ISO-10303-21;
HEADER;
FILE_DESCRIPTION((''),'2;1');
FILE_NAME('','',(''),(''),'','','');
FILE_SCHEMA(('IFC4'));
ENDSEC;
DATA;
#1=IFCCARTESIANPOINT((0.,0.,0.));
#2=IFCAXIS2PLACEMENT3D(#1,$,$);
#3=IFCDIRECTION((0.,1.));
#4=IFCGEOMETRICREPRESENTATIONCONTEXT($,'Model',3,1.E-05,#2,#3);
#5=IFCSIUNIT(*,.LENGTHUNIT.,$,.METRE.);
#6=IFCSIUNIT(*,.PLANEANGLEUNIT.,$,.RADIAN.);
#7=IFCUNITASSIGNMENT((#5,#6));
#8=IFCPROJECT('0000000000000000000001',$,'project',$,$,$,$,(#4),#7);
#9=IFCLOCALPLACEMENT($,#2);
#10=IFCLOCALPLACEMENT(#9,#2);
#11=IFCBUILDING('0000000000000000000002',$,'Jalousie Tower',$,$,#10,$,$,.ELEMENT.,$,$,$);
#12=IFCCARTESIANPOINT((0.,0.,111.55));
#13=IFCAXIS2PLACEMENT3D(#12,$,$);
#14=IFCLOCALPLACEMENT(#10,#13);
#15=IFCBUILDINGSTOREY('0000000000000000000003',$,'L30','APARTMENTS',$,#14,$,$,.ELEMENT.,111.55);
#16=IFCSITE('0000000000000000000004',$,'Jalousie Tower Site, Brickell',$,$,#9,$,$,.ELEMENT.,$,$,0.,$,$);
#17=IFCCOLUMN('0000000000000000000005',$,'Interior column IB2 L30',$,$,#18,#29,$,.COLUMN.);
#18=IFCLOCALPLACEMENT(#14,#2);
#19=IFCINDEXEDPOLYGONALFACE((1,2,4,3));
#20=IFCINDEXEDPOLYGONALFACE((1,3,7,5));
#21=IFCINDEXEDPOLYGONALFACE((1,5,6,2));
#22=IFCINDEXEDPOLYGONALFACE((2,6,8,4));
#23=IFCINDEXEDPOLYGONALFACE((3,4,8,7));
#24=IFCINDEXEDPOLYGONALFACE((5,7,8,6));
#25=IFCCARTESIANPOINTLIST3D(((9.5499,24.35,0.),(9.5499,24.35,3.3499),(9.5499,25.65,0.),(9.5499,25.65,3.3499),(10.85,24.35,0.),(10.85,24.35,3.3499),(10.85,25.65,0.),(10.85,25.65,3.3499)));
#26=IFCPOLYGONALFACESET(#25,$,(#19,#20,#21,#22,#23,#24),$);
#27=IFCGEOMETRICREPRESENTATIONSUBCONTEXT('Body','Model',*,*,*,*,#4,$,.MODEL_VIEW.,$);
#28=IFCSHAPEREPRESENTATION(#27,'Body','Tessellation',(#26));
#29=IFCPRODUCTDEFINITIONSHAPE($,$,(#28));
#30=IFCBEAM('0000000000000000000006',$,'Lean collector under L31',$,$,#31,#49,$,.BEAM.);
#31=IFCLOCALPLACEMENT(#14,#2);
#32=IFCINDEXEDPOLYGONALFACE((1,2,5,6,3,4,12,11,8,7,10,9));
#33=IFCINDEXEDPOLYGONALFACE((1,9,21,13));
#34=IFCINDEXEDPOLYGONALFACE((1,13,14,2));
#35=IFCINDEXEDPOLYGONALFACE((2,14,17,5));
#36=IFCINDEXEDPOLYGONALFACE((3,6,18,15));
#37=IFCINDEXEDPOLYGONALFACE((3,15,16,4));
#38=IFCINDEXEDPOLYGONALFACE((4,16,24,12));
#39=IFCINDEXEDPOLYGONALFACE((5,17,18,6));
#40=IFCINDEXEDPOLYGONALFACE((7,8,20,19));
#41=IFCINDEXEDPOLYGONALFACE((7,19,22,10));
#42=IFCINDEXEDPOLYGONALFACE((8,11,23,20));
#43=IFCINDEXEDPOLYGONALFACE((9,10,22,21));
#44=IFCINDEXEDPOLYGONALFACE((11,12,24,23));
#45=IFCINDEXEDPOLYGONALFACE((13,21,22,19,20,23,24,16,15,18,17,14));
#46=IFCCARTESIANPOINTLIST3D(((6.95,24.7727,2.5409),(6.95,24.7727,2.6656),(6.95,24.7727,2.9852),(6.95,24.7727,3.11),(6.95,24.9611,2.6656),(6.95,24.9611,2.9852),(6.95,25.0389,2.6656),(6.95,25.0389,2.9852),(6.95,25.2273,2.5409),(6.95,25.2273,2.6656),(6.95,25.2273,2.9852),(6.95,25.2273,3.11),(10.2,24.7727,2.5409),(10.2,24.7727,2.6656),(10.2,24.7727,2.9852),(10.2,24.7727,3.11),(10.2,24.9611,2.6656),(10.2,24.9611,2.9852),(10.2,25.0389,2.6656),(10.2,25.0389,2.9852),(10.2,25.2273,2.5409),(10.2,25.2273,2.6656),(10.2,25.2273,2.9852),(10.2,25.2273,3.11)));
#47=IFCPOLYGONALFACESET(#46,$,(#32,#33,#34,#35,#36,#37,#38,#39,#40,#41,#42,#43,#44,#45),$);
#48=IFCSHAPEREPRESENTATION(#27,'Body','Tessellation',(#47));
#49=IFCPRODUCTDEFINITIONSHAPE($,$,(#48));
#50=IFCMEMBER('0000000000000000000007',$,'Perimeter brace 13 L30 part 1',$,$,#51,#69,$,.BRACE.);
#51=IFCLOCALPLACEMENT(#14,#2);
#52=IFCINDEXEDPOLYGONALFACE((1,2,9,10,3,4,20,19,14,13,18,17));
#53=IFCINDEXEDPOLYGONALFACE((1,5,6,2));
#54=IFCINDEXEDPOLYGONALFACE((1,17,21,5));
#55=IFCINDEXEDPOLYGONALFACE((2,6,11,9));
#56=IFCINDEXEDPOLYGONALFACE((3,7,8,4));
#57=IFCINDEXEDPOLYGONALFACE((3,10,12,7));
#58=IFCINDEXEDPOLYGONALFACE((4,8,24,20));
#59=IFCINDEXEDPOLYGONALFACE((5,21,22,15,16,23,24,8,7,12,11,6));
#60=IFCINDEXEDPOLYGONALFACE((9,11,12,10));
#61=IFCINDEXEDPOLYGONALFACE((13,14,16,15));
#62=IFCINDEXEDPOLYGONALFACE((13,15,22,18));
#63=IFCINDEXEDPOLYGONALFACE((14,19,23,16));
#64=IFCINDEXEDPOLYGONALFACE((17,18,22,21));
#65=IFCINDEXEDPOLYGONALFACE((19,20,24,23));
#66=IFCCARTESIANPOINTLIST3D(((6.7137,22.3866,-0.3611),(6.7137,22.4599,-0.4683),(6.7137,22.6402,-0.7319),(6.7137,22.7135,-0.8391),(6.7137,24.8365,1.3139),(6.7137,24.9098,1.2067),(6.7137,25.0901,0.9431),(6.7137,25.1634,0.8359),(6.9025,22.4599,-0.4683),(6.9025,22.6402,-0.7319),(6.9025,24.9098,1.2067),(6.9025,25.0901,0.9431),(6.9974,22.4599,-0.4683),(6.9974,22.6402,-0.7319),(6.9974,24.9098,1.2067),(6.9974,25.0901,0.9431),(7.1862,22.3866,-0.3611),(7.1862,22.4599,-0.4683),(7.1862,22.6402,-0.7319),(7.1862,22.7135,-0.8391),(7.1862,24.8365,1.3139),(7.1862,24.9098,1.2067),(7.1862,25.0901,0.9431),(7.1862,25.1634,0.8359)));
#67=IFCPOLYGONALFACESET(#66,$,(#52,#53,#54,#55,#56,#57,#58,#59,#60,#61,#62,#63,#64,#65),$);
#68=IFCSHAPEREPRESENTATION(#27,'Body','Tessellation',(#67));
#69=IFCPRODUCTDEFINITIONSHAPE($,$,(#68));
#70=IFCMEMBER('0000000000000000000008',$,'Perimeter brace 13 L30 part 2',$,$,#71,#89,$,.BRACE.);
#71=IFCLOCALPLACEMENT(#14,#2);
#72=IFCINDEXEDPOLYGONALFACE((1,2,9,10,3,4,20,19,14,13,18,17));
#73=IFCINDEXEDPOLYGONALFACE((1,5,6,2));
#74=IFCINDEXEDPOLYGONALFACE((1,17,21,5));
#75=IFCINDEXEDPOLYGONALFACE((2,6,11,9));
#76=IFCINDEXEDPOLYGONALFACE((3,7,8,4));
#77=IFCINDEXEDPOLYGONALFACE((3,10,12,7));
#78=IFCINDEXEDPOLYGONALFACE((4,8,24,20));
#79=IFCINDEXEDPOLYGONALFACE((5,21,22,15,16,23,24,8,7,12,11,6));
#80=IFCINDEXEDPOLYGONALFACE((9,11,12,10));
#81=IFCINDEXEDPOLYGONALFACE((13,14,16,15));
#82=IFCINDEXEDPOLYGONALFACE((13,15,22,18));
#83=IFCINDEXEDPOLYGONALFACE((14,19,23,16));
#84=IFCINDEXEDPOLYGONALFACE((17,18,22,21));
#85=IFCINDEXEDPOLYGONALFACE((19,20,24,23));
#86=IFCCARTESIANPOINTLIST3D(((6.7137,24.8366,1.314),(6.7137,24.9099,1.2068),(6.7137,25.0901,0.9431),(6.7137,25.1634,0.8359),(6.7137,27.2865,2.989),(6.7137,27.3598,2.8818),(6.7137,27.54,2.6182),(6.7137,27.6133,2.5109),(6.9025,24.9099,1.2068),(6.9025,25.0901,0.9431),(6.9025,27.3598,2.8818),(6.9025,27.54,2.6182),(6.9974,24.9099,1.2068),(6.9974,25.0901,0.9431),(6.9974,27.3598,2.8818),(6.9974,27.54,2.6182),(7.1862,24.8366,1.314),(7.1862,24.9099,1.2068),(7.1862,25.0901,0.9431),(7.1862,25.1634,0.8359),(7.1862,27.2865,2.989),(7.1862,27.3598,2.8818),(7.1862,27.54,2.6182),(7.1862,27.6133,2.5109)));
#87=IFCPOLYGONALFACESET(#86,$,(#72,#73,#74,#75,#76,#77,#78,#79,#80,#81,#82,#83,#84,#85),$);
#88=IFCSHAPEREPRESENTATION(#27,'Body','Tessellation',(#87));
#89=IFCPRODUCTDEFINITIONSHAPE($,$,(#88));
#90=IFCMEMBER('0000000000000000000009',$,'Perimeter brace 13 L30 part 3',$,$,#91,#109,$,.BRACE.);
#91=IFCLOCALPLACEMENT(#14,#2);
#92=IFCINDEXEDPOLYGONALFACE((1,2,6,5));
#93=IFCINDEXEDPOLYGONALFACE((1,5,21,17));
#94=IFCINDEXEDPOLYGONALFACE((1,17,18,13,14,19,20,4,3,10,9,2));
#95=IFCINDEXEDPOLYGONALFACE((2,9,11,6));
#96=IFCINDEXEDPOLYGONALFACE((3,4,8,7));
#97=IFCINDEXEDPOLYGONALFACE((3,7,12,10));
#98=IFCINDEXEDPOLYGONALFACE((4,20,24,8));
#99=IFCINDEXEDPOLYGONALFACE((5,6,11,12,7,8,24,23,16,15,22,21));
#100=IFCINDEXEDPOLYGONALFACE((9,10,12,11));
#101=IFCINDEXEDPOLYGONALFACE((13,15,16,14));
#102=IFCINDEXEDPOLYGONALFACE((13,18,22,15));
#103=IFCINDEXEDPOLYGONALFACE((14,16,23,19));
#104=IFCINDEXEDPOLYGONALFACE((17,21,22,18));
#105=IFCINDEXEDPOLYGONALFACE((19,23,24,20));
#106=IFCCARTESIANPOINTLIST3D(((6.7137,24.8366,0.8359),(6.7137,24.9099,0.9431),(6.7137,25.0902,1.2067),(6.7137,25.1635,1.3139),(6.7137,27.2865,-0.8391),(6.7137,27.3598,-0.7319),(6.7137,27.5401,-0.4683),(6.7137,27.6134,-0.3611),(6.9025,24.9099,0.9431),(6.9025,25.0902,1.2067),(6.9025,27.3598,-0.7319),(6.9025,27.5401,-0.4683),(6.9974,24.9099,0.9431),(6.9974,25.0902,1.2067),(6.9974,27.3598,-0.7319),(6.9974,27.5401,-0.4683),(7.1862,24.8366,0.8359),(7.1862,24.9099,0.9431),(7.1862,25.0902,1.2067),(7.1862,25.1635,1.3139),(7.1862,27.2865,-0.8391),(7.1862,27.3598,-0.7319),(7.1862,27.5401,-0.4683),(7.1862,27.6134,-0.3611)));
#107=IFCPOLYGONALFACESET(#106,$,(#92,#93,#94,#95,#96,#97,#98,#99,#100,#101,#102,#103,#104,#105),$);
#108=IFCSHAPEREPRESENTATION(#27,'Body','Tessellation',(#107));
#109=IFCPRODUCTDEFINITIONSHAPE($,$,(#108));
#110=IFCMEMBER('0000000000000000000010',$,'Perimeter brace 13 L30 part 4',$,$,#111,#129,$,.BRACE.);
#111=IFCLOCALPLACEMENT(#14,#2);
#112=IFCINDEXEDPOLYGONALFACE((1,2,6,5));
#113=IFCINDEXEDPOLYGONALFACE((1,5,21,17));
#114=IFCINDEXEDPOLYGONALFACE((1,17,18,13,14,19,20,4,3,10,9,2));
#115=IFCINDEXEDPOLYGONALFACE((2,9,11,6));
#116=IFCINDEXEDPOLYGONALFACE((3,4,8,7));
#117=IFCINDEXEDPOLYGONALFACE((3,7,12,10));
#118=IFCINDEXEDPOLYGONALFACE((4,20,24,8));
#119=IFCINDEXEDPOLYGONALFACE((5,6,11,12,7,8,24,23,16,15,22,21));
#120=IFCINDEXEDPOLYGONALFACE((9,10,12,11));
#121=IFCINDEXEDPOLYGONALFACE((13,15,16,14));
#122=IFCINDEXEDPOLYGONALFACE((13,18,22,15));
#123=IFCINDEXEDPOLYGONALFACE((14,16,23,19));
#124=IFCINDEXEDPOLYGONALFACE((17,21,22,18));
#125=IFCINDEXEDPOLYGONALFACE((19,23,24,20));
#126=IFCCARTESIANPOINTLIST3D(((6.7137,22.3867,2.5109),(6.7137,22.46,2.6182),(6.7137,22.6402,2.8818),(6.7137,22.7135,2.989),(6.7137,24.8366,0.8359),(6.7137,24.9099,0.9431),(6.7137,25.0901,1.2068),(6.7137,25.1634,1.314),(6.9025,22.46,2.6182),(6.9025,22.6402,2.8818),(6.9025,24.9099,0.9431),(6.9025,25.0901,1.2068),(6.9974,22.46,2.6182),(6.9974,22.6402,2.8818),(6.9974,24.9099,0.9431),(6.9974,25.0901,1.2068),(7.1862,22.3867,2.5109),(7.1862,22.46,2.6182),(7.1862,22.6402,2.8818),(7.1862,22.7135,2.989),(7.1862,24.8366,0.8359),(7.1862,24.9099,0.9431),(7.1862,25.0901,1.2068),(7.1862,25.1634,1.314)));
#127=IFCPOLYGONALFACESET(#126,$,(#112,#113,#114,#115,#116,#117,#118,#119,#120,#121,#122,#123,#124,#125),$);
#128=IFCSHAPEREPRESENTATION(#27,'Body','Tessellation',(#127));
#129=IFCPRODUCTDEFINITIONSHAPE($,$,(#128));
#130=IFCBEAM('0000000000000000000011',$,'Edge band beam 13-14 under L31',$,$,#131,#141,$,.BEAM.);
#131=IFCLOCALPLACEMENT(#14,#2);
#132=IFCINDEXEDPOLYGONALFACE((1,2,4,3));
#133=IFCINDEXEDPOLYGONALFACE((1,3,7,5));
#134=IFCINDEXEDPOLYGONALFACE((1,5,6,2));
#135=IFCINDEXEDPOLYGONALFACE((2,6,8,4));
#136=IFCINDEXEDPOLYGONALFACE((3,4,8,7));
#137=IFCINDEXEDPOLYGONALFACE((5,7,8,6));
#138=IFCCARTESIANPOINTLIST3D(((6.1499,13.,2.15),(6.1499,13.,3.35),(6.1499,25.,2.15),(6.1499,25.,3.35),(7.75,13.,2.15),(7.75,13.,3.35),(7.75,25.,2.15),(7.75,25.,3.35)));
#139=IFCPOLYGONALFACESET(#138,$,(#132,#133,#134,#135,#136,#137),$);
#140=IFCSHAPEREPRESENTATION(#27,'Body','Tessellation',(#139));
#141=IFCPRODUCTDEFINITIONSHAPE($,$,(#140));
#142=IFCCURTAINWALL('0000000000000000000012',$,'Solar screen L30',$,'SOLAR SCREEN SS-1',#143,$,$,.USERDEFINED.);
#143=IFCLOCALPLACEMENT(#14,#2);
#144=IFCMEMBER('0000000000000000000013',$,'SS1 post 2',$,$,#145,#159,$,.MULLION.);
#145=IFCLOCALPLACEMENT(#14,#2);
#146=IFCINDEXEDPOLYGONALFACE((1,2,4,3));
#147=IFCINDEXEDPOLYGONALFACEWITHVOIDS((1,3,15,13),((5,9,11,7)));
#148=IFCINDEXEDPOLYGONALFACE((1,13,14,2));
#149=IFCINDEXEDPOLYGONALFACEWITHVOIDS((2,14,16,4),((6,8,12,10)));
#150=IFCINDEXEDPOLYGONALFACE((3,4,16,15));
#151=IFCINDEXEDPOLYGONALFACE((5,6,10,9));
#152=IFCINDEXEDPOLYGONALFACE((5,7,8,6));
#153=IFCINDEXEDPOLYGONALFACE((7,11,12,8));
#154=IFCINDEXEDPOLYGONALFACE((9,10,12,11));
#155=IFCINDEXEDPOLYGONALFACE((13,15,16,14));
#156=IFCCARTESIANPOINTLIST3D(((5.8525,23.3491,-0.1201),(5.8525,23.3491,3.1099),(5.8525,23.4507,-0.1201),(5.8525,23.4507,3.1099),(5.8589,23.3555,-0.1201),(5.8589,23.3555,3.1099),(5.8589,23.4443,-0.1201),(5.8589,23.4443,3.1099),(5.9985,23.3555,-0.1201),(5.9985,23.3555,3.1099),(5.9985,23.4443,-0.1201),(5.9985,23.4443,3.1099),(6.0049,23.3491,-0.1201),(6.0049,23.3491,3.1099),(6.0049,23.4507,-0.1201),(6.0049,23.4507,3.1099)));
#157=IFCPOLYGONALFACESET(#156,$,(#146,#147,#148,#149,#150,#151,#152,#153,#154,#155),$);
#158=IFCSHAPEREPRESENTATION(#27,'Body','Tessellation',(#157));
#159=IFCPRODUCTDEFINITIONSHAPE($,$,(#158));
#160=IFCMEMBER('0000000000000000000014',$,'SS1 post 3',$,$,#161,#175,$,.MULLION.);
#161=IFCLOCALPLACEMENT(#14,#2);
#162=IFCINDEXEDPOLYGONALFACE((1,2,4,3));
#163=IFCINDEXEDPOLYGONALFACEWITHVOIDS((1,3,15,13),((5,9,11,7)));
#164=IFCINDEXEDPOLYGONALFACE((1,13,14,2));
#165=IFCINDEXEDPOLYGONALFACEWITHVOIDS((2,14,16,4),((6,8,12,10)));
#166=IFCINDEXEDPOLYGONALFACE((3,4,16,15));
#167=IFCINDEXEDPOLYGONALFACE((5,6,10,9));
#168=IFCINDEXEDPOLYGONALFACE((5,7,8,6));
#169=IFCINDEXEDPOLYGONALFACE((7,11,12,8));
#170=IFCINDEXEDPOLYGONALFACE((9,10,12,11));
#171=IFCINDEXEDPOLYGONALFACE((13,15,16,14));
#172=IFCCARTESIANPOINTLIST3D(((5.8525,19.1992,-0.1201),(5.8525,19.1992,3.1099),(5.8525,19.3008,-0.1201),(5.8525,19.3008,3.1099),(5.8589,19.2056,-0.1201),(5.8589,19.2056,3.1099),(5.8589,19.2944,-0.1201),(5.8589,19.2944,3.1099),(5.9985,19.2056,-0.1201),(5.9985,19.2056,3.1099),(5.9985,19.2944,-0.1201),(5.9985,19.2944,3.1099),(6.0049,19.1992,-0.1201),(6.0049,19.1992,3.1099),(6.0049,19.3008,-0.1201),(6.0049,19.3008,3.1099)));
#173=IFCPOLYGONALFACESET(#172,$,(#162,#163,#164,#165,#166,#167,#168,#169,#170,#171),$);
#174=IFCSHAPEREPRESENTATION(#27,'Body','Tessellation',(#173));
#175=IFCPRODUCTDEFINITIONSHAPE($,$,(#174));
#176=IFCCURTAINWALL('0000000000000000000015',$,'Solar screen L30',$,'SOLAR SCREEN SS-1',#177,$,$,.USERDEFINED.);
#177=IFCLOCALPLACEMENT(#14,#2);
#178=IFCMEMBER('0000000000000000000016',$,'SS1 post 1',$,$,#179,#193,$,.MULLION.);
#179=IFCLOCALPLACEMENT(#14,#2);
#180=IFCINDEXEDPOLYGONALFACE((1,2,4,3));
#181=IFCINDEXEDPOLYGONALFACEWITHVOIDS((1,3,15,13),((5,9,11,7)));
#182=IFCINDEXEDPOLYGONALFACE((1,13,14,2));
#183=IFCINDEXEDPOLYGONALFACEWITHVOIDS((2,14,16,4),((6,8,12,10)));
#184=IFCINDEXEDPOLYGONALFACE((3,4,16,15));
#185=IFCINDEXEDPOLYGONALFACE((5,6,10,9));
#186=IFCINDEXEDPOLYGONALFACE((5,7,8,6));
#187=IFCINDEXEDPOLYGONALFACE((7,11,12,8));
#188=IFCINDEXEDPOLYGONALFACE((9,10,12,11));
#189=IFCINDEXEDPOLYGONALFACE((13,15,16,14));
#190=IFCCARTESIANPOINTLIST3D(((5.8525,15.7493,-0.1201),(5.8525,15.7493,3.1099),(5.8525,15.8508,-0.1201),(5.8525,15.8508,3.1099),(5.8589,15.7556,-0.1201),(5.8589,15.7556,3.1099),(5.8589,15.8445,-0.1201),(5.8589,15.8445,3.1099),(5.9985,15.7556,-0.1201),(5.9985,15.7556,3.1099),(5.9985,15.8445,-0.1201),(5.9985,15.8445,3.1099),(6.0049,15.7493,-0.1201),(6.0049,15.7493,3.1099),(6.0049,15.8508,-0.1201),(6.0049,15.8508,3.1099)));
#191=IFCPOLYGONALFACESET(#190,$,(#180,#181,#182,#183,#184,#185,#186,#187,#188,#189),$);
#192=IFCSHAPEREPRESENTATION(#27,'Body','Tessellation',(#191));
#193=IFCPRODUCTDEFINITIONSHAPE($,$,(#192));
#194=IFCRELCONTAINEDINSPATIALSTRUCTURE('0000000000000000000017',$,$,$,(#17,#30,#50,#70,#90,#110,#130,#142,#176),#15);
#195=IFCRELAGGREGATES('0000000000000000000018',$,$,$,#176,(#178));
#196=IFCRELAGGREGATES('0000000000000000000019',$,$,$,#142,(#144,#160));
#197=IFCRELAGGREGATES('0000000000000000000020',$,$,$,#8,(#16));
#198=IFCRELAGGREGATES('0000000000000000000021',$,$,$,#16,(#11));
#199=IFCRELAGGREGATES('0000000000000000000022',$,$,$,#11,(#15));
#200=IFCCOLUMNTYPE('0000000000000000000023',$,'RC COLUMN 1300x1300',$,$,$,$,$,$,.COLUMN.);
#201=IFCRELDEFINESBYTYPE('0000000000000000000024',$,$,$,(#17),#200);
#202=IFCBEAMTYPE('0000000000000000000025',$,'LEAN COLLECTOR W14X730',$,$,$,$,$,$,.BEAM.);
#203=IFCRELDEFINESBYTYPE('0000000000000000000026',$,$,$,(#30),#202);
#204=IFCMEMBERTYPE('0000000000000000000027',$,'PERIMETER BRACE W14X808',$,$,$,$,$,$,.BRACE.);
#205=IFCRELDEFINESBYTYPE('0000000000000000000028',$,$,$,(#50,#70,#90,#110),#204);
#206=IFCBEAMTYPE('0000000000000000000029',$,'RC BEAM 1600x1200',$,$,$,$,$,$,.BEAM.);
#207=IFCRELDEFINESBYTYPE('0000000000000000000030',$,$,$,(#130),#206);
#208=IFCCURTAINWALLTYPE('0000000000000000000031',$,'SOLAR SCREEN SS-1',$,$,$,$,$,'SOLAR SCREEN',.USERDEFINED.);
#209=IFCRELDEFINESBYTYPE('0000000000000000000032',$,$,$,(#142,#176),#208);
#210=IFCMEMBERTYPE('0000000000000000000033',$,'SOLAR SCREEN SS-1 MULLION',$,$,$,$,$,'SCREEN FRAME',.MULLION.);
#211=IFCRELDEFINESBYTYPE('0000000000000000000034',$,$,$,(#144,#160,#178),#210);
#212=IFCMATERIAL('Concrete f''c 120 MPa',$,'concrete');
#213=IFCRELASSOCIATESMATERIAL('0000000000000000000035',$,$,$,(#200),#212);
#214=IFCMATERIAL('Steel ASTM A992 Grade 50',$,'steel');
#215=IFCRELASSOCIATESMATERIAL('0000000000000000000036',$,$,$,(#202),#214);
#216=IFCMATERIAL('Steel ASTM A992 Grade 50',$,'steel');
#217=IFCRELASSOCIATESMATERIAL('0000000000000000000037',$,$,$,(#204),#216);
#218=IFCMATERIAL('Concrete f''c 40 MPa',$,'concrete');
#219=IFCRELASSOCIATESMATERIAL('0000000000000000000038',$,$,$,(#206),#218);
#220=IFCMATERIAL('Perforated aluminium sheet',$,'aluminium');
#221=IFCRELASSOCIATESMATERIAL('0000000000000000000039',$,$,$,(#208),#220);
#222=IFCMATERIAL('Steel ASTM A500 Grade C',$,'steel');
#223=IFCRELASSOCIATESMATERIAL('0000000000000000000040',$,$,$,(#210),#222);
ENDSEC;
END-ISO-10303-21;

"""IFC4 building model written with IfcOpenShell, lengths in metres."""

from ifc_helpers import new_model, si_unit, direction, frame, origin, origin_2d, place, context, subcontext, project, spatial, rectangle, hollow_rectangle, i_section, extrude, material, material_profile, profile_set, type_object, element, aggregate, save


model = new_model("IFC4")

# Units and contexts
model_context = context("Model", 3, precision=1e-05, world=origin(), true_north=direction((0.0, 1.0)))
body_context = subcontext(model_context, "Body", "Model", "MODEL_VIEW")
ifc_project = project(units=[si_unit("LENGTHUNIT", "METRE"), si_unit("PLANEANGLEUNIT", "RADIAN")], contexts=[model_context])

# Site, building, storey
site_placement = place(None, origin())
site = spatial("IfcSite", under=ifc_project, at=site_placement, Name="Jalousie Tower Site, Brickell", CompositionType="ELEMENT", RefElevation=0.0)
building_placement = place(site_placement, origin())
building = spatial("IfcBuilding", under=site, at=building_placement, Name="Jalousie Tower", CompositionType="ELEMENT")
storey_placement = place(building_placement, frame((0.0, 0.0, 111.55)))
storey = spatial("IfcBuildingStorey", under=building, at=storey_placement, Name="L30", Description="APARTMENTS", CompositionType="ELEMENT", Elevation=111.55)

# Column
ifc_material_1 = material(Name="Concrete f'c 120 MPa", Category="concrete")
ifc_material_profile_1 = material_profile(ifc_material_1, rectangle(XDim=1.3, YDim=1.3, at=origin_2d()), Name="RC 1300x1300")
ifc_profile_set_1 = profile_set([ifc_material_profile_1], Name="Concrete f'c 120 MPa")
column_type = type_object("IfcColumnType", Name="RC COLUMN 1300x1300", PredefinedType="COLUMN", material=ifc_profile_set_1)
column_placement = place(storey_placement, frame((10.2, 25.0, 0.0), z_axis=(0.0, 0.0, 1.0), x_axis=(1.0, 0.0, 0.0)))
element("IfcColumn", 1, at=column_placement, inside=storey, type_object=column_type, Name="Interior column IB2 L30", PredefinedType="COLUMN", context=body_context, shape_type="SweptSolid", body=[
    extrude(rectangle(XDim=1.3, YDim=1.3, at=origin_2d()), origin(), (0.0, 0.0, 1.0), 3.3499),
])

# Beam
ifc_material_2 = material(Name="Steel ASTM A992 Grade 50", Category="steel")
ifc_material_profile_2 = material_profile(ifc_material_2, i_section(OverallWidth=0.4546, OverallDepth=0.5691, WebThickness=0.0779, FlangeThickness=0.1248, at=origin_2d()), Name="W14X730")
ifc_profile_set_2 = profile_set([ifc_material_profile_2], Name="Steel ASTM A992 Grade 50")
beam_type_1 = type_object("IfcBeamType", Name="LEAN COLLECTOR W14X730", PredefinedType="BEAM", material=ifc_profile_set_2)
beam_1_placement = place(storey_placement, frame((6.95, 25.0, 2.8254), z_axis=(1.0, 0.0, 0.0), x_axis=(0.0, 1.0, 0.0)))
element("IfcBeam", 2, at=beam_1_placement, inside=storey, type_object=beam_type_1, Name="Lean collector under L31", PredefinedType="BEAM", context=body_context, shape_type="SweptSolid", body=[
    extrude(i_section(OverallWidth=0.4546, OverallDepth=0.5691, WebThickness=0.0779, FlangeThickness=0.1248, at=origin_2d()), origin(), (0.0, 0.0, 1.0), 3.25),
])

# Members
ifc_material_3 = material(Name="Steel ASTM A992 Grade 50", Category="steel")
ifc_material_profile_3 = material_profile(ifc_material_3, i_section(OverallWidth=0.4724, OverallDepth=0.5791, WebThickness=0.095, FlangeThickness=0.1299, at=origin_2d()), Name="W14X808")
ifc_profile_set_3 = profile_set([ifc_material_profile_3], Name="Steel ASTM A992 Grade 50")
member_type_1 = type_object("IfcMemberType", Name="PERIMETER BRACE W14X808", PredefinedType="BRACE", material=ifc_profile_set_3)
for number, where, z_axis, x_axis, name in (
    (3, (6.95, 22.55, -0.6001), (0.0, 0.825501, 0.564401), (-1.0, 0.0, 0.0), "Perimeter brace 13 L30 part 1"),
    (4, (6.95, 25.0, 1.075), (0.0, 0.825501, 0.564401), (-1.0, 0.0, 0.0), "Perimeter brace 13 L30 part 2"),
    (5, (6.95, 27.45, -0.6001), (0.0, -0.825501, 0.564401), (1.0, 0.0, 0.0), "Perimeter brace 13 L30 part 3"),
    (6, (6.95, 25.0, 1.075), (0.0, -0.825501, 0.564401), (1.0, 0.0, 0.0), "Perimeter brace 13 L30 part 4"),
):
    element("IfcMember", number, at=place(storey_placement, frame(where, z_axis=z_axis, x_axis=x_axis)), inside=storey, type_object=member_type_1, Name=name, PredefinedType="BRACE", context=body_context, shape_type="SweptSolid", body=[
        extrude(i_section(OverallWidth=0.4724, OverallDepth=0.5791, WebThickness=0.095, FlangeThickness=0.1299, at=origin_2d()), origin(), (0.0, 0.0, 1.0), 2.9678),
    ])

# Beam
ifc_material_4 = material(Name="Concrete f'c 40 MPa", Category="concrete")
ifc_material_profile_4 = material_profile(ifc_material_4, rectangle(XDim=1.6001, YDim=1.2, at=origin_2d()), Name="RC 1600x1200")
ifc_profile_set_4 = profile_set([ifc_material_profile_4], Name="Concrete f'c 40 MPa")
beam_type_2 = type_object("IfcBeamType", Name="RC BEAM 1600x1200", PredefinedType="BEAM", material=ifc_profile_set_4)
beam_2_placement = place(storey_placement, frame((6.95, 25.0, 2.75), z_axis=(0.0, -1.0, 0.0), x_axis=(1.0, 0.0, 0.0)))
element("IfcBeam", 7, at=beam_2_placement, inside=storey, type_object=beam_type_2, Name="Edge band beam 13-14 under L31", PredefinedType="BEAM", context=body_context, shape_type="SweptSolid", body=[
    extrude(rectangle(XDim=1.6001, YDim=1.2, at=origin_2d()), origin(), (0.0, 0.0, 1.0), 12.0),
])

# Curtain walls, members
ifc_material_5 = material(Name="Perforated aluminium sheet", Category="aluminium")
curtain_wall_type = type_object("IfcCurtainWallType", Name="SOLAR SCREEN SS-1", ElementType="SOLAR SCREEN", PredefinedType="USERDEFINED", material=ifc_material_5)
curtain_wall_1_placement = place(storey_placement, origin())
curtain_wall_1 = element("IfcCurtainWall", 8, at=curtain_wall_1_placement, inside=storey, type_object=curtain_wall_type, Name="Solar screen L30", ObjectType="SOLAR SCREEN SS-1", PredefinedType="USERDEFINED")
ifc_material_6 = material(Name="Steel ASTM A500 Grade C", Category="steel")
ifc_material_profile_5 = material_profile(ifc_material_6, hollow_rectangle(XDim=0.1016, YDim=0.1523, WallThickness=0.0063, at=origin_2d()), Name="HSS6X4X1/4")
ifc_profile_set_5 = profile_set([ifc_material_profile_5], Name="Steel ASTM A500 Grade C")
member_type_2 = type_object("IfcMemberType", Name="SOLAR SCREEN SS-1 MULLION", ElementType="SCREEN FRAME", PredefinedType="MULLION", material=ifc_profile_set_5)
member_1_placement = place(storey_placement, frame((5.9287, 23.3999, -0.1201), z_axis=(0.0, 0.0, 1.0), x_axis=(0.0, -1.0, 0.0)))
member_1 = element("IfcMember", 9, at=member_1_placement, type_object=member_type_2, Name="SS1 post 2", PredefinedType="MULLION", context=body_context, shape_type="SweptSolid", body=[
    extrude(hollow_rectangle(XDim=0.1016, YDim=0.1523, WallThickness=0.0063, at=origin_2d()), origin(), (0.0, 0.0, 1.0), 3.23),
])
member_2_placement = place(storey_placement, frame((5.9287, 19.25, -0.1201), z_axis=(0.0, 0.0, 1.0), x_axis=(0.0, -1.0, 0.0)))
member_2 = element("IfcMember", 10, at=member_2_placement, type_object=member_type_2, Name="SS1 post 3", PredefinedType="MULLION", context=body_context, shape_type="SweptSolid", body=[
    extrude(hollow_rectangle(XDim=0.1016, YDim=0.1523, WallThickness=0.0063, at=origin_2d()), origin(), (0.0, 0.0, 1.0), 3.23),
])
curtain_wall_2_placement = place(storey_placement, origin())
curtain_wall_2 = element("IfcCurtainWall", 11, at=curtain_wall_2_placement, inside=storey, type_object=curtain_wall_type, Name="Solar screen L30", ObjectType="SOLAR SCREEN SS-1", PredefinedType="USERDEFINED")
member_3_placement = place(storey_placement, frame((5.9287, 15.8, -0.1201), z_axis=(0.0, 0.0, 1.0), x_axis=(0.0, -1.0, 0.0)))
member_3 = element("IfcMember", 12, at=member_3_placement, type_object=member_type_2, Name="SS1 post 1", PredefinedType="MULLION", context=body_context, shape_type="SweptSolid", body=[
    extrude(hollow_rectangle(XDim=0.1016, YDim=0.1523, WallThickness=0.0063, at=origin_2d()), origin(), (0.0, 0.0, 1.0), 3.23),
])
aggregate(curtain_wall_2, [member_3])

aggregate(curtain_wall_1, [member_1, member_2])

save(model, "model.ifc")
